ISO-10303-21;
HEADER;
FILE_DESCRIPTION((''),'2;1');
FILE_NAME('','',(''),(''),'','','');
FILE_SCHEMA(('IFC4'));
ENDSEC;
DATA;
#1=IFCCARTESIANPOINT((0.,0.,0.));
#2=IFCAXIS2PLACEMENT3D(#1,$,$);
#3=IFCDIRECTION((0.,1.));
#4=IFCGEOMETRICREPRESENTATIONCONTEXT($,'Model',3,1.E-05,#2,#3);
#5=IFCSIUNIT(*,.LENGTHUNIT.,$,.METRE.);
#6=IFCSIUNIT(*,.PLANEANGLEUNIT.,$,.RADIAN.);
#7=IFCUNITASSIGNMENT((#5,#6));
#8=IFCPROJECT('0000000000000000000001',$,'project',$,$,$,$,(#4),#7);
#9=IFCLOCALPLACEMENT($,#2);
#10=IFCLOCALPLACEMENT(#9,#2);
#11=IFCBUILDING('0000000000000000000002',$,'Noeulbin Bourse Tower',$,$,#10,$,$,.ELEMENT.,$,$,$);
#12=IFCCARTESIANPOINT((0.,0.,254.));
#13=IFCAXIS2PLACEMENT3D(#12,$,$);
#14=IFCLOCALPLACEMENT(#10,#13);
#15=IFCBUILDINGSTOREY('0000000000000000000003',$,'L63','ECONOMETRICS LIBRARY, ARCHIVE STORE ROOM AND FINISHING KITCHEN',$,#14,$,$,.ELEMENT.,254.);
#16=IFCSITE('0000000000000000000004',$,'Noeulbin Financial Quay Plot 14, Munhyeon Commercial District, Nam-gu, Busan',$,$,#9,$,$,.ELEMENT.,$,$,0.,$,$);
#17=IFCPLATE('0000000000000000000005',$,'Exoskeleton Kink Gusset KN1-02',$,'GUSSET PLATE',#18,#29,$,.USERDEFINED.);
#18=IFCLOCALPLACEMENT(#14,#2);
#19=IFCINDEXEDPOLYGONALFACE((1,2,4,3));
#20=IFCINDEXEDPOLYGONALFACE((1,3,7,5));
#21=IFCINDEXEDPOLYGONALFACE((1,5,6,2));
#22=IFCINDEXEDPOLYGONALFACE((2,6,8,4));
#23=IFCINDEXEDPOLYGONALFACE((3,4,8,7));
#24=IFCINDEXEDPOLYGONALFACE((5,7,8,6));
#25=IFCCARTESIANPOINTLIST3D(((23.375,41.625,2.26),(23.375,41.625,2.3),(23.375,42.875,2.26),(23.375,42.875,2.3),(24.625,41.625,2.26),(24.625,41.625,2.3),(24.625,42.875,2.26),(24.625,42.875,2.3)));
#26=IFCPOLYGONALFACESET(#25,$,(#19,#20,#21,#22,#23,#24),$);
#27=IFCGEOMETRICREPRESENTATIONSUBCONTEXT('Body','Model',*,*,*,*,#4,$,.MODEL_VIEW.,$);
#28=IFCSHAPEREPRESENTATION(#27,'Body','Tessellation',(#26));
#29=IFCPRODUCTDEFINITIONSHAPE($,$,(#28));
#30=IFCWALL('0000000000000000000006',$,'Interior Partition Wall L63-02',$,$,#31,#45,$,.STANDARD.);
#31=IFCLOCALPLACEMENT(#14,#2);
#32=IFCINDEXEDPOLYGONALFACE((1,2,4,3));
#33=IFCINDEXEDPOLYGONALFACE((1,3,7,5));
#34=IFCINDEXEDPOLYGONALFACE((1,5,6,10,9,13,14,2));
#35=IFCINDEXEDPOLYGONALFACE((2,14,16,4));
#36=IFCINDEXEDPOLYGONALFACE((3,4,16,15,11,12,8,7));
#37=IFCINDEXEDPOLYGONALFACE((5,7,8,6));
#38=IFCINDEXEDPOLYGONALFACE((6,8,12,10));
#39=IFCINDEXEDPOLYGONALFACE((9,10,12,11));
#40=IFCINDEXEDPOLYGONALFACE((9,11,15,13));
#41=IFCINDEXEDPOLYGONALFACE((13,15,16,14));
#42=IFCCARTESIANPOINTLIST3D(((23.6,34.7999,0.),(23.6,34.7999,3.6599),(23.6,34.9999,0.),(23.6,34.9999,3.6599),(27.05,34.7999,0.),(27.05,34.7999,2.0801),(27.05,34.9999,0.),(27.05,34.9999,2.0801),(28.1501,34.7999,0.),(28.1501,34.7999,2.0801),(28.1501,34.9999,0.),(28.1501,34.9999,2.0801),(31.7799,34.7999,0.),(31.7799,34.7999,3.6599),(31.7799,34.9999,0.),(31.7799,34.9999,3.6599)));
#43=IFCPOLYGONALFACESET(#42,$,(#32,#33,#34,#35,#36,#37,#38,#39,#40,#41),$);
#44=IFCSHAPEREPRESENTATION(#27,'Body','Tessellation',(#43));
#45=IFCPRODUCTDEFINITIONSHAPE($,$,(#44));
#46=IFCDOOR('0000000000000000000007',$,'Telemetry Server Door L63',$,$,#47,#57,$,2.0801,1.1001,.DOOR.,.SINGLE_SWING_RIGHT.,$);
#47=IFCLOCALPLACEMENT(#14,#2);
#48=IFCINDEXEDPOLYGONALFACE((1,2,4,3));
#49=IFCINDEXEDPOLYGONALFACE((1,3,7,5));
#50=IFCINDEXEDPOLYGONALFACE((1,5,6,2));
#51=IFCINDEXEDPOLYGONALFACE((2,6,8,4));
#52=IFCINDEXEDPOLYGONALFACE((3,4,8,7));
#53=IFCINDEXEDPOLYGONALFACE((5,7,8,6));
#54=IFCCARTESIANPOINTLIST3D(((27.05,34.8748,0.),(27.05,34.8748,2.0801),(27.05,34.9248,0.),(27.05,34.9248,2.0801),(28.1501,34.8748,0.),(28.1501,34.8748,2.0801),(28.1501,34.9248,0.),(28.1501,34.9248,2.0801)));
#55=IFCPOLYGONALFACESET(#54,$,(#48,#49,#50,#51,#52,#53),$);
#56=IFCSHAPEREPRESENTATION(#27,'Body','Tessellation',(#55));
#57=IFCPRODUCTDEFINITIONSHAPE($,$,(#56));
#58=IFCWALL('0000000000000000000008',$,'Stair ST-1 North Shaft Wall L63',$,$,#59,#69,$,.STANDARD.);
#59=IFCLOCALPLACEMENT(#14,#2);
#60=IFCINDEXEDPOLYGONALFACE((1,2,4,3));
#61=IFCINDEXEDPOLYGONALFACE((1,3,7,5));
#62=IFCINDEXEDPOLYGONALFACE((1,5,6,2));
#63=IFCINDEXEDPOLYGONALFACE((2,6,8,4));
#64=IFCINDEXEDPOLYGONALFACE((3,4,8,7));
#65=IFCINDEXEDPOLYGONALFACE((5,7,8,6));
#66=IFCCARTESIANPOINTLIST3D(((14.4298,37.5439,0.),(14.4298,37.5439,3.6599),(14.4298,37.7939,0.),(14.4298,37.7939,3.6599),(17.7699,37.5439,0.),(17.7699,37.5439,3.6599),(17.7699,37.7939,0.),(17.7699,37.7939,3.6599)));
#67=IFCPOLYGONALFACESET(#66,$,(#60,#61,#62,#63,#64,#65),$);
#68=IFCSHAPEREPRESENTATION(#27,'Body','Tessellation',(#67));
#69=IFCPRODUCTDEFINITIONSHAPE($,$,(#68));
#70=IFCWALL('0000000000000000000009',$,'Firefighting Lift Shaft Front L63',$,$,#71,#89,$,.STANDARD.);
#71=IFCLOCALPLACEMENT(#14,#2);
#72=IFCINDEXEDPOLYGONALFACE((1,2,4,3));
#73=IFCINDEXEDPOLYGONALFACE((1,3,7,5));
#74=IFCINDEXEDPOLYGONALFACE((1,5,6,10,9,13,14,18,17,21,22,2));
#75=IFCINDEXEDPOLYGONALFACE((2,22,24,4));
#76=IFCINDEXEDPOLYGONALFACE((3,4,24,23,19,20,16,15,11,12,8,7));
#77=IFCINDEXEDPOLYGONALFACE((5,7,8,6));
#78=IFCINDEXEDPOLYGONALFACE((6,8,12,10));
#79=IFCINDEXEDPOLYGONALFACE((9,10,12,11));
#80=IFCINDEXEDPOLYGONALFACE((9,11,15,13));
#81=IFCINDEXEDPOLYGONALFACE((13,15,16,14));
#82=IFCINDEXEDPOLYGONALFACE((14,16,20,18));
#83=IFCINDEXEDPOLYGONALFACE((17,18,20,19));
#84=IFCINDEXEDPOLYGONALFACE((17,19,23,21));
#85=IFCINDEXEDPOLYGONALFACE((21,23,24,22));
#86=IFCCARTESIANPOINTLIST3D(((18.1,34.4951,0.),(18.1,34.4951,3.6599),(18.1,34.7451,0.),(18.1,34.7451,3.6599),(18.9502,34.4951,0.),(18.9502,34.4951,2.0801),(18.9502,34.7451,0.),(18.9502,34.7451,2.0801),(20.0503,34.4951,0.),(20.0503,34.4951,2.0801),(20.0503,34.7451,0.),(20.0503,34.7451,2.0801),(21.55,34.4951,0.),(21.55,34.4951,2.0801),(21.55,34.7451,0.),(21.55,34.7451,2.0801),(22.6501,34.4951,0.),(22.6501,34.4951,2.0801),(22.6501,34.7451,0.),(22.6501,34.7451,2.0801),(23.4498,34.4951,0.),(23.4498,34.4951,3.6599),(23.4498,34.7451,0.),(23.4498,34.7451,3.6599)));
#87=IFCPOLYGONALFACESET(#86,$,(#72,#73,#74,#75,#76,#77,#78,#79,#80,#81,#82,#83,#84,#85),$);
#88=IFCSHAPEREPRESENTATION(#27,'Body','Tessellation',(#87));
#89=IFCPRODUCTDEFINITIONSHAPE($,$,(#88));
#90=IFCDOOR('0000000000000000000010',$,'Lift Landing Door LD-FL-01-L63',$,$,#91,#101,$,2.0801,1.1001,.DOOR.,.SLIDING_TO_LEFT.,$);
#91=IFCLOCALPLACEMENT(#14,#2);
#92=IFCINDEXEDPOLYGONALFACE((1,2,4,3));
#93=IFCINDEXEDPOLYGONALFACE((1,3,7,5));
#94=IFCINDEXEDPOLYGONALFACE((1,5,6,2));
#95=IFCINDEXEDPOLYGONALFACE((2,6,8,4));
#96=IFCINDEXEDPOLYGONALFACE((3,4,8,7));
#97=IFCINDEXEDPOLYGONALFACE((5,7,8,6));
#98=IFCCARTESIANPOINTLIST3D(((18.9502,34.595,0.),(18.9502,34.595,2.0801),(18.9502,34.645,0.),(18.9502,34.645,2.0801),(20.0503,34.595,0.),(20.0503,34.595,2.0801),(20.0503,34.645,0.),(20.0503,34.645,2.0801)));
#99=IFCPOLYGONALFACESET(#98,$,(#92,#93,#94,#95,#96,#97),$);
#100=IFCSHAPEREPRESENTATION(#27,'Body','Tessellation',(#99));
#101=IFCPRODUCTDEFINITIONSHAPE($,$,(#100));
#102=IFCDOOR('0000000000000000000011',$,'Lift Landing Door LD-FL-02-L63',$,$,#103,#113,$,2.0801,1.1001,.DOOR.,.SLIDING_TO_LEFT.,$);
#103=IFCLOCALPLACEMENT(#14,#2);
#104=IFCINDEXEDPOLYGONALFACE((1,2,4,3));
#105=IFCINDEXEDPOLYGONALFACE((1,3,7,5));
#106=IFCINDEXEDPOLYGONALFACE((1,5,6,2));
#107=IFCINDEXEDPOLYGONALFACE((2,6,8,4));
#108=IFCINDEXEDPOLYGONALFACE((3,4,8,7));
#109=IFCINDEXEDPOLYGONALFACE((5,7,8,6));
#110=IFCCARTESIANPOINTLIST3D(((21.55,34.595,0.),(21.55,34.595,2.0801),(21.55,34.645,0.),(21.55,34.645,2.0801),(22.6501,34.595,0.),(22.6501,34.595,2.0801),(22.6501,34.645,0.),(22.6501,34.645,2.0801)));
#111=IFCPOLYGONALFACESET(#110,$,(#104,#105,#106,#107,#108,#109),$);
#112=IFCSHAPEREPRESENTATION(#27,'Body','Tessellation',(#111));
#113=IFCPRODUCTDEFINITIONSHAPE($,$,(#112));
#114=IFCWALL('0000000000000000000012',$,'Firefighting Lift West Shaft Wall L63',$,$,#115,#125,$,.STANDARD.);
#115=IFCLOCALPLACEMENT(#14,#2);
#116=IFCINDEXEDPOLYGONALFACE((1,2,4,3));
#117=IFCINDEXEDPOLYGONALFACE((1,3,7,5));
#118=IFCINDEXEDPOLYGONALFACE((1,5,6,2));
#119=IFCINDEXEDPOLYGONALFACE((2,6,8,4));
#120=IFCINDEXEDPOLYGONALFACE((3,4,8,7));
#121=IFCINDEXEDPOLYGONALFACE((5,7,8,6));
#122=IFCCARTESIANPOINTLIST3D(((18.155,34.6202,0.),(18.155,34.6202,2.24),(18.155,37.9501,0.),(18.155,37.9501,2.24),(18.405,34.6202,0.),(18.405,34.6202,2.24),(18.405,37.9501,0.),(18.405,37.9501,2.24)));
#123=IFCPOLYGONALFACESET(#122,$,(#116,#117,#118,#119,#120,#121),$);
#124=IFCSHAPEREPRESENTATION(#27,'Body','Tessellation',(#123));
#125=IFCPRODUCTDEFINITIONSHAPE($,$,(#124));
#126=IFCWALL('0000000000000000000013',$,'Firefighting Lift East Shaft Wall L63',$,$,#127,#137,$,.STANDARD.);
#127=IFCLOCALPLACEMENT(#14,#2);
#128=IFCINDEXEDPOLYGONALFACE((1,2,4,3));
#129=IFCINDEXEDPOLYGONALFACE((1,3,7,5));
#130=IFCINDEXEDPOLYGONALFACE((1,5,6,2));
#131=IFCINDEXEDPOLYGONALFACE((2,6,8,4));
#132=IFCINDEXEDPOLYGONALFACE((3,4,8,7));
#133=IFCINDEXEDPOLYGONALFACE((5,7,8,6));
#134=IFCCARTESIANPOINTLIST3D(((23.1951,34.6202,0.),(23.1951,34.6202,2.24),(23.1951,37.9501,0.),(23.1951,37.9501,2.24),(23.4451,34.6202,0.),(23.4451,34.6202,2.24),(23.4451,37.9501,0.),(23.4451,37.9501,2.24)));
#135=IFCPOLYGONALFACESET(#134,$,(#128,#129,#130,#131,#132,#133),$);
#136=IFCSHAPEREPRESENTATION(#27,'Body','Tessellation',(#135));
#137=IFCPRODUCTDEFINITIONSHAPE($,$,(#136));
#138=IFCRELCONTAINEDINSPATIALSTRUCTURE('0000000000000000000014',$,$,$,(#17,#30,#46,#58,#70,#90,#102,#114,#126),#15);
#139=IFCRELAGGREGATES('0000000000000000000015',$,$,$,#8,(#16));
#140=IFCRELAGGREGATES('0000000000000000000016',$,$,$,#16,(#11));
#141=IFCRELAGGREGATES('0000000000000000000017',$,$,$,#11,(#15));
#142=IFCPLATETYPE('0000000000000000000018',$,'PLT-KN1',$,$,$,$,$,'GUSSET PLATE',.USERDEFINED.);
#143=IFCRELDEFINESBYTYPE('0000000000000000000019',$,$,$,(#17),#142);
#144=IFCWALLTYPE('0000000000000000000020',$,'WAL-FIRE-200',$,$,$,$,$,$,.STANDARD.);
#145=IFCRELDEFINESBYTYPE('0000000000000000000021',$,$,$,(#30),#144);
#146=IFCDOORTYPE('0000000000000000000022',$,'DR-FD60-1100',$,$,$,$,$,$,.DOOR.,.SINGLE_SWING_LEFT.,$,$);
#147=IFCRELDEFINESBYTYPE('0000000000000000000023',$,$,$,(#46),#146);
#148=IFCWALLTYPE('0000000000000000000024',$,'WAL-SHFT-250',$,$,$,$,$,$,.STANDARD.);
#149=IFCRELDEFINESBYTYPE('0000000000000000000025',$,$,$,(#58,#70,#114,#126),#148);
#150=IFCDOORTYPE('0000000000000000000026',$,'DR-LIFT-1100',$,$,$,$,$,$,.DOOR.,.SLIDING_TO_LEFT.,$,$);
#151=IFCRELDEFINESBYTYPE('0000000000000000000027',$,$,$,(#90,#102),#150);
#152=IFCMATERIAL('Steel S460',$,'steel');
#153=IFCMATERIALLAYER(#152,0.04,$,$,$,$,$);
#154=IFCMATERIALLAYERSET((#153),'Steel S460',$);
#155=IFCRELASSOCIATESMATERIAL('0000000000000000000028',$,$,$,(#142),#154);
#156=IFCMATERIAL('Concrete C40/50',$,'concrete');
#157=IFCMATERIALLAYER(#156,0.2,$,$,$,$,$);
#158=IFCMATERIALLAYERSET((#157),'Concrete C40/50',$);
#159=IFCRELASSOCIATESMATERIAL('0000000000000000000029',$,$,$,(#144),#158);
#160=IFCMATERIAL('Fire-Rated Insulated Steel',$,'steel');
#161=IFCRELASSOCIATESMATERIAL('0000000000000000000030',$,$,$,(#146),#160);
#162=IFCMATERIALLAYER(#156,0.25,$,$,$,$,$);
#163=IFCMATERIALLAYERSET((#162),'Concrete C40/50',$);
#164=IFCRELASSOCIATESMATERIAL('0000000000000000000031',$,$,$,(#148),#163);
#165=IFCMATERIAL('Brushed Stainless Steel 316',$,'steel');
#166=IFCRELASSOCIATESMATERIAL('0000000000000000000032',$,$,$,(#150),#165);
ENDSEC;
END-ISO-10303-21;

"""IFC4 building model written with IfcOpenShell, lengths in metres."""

from ifc_helpers import new_model, si_unit, direction, frame, frame_2d, origin, origin_2d, place, context, subcontext, project, spatial, rectangle, extrude, material, layer, layer_set, type_object, element, fill, save


model = new_model("IFC4")

# Units and contexts
model_context = context("Model", 3, precision=1e-05, world=origin(), true_north=direction((0.0, 1.0)))
body_context = subcontext(model_context, "Body", "Model", "MODEL_VIEW")
ifc_project = project(units=[si_unit("LENGTHUNIT", "METRE"), si_unit("PLANEANGLEUNIT", "RADIAN")], contexts=[model_context])

# Site, building, storey
site_placement = place(None, origin())
site = spatial("IfcSite", under=ifc_project, at=site_placement, Name="Noeulbin Financial Quay Plot 14, Munhyeon Commercial District, Nam-gu, Busan", CompositionType="ELEMENT", RefElevation=0.0)
building_placement = place(site_placement, origin())
building = spatial("IfcBuilding", under=site, at=building_placement, Name="Noeulbin Bourse Tower", CompositionType="ELEMENT")
storey_placement = place(building_placement, frame((0.0, 0.0, 254.0)))
storey = spatial("IfcBuildingStorey", under=building, at=storey_placement, Name="L63", Description="ECONOMETRICS LIBRARY, ARCHIVE STORE ROOM AND FINISHING KITCHEN", CompositionType="ELEMENT", Elevation=254.0)

# Shared definitions
ifc_material_1 = material(Name="Steel S460", Category="steel")

# Plate
ifc_layer_1 = layer(ifc_material_1, 0.04)
ifc_layer_set_1 = layer_set([ifc_layer_1], Name="Steel S460")
plate_type_1 = type_object("IfcPlateType", Name="PLT-KN1", ElementType="GUSSET PLATE", PredefinedType="USERDEFINED", material=ifc_layer_set_1)
plate_1_placement = place(storey_placement, frame((24.0, 42.25, 2.26), z_axis=(0.0, 0.0, 1.0), x_axis=(1.0, 0.0, 0.0)))
element("IfcPlate", 1, at=plate_1_placement, inside=storey, type_object=plate_type_1, Name="Exoskeleton Kink Gusset KN1-02", ObjectType="GUSSET PLATE", PredefinedType="USERDEFINED", context=body_context, shape_type="SweptSolid", body=[
    extrude(rectangle(XDim=1.25, YDim=1.25, at=origin_2d()), origin(), (0.0, 0.0, 1.0), 0.04),
])

# Wall, opening, door
ifc_material_2 = material(Name="Concrete C40/50", Category="concrete")
ifc_layer_2 = layer(ifc_material_2, 0.2)
ifc_layer_set_2 = layer_set([ifc_layer_2], Name="Concrete C40/50")
wall_type_1 = type_object("IfcWallType", Name="WAL-FIRE-200", PredefinedType="STANDARD", material=ifc_layer_set_2)
wall_1_placement = place(storey_placement, frame((23.6001, 34.8999, 0.0), z_axis=(0.0, 0.0, 1.0), x_axis=(1.0, 0.0, 0.0)))
wall_1 = element("IfcWall", 2, at=wall_1_placement, inside=storey, type_object=wall_type_1, Name="Interior Partition Wall L63-02", PredefinedType="STANDARD", context=body_context, shape_type="SweptSolid", body=[
    extrude(rectangle(XDim=8.1799, YDim=0.2, at=frame_2d((4.0898, 0.0))), origin(), (0.0, 0.0, 1.0), 3.6599),
])
opening_1_placement = place(wall_1_placement, frame((3.45, 0.0, 0.0)))
opening_1 = element("IfcOpeningElement", 3, at=opening_1_placement, cuts=wall_1, PredefinedType="OPENING", context=body_context, shape_type="SweptSolid", body=[
    extrude(rectangle(XDim=1.1001, YDim=2.0801, at=frame_2d((0.55, 1.04))), frame((0.0, 0.1099, 0.0), z_axis=(0.0, -1.0, 0.0), x_axis=(1.0, 0.0, 0.0)), (0.0, 0.0, 1.0), 0.22),
])
ifc_material_3 = material(Name="Fire-Rated Insulated Steel", Category="steel")
door_type_1 = type_object("IfcDoorType", Name="DR-FD60-1100", OperationType="SINGLE_SWING_LEFT", PredefinedType="DOOR", material=ifc_material_3)
door_1_placement = place(opening_1_placement, origin())
door_1 = element("IfcDoor", 4, at=door_1_placement, inside=storey, type_object=door_type_1, Name="Telemetry Server Door L63", OperationType="SINGLE_SWING_RIGHT", OverallHeight=2.0801, OverallWidth=1.1001, PredefinedType="DOOR", context=body_context, shape_type="SweptSolid", body=[
    extrude(rectangle(XDim=1.1001, YDim=2.0801, at=frame_2d((0.55, 1.04))), frame((0.0, 0.0249, 0.0), z_axis=(0.0, -1.0, 0.0), x_axis=(1.0, 0.0, 0.0)), (0.0, 0.0, 1.0), 0.05),
])
fill(opening_1, door_1)

# Wall
ifc_layer_3 = layer(ifc_material_2, 0.25)
ifc_layer_set_3 = layer_set([ifc_layer_3], Name="Concrete C40/50")
wall_type_2 = type_object("IfcWallType", Name="WAL-SHFT-250", PredefinedType="STANDARD", material=ifc_layer_set_3)
wall_2_placement = place(storey_placement, frame((14.4299, 37.6689, 0.0), z_axis=(0.0, 0.0, 1.0), x_axis=(1.0, 0.0, 0.0)))
element("IfcWall", 5, at=wall_2_placement, inside=storey, type_object=wall_type_2, Name="Stair ST-1 North Shaft Wall L63", PredefinedType="STANDARD", context=body_context, shape_type="SweptSolid", body=[
    extrude(rectangle(XDim=3.3401, YDim=0.25, at=frame_2d((1.6699, 0.0))), origin(), (0.0, 0.0, 1.0), 3.6599),
])

# Wall, openings, doors
wall_3_placement = place(storey_placement, frame((18.1001, 34.6201, 0.0), z_axis=(0.0, 0.0, 1.0), x_axis=(1.0, 0.0, 0.0)))
wall_3 = element("IfcWall", 6, at=wall_3_placement, inside=storey, type_object=wall_type_2, Name="Firefighting Lift Shaft Front L63", PredefinedType="STANDARD", context=body_context, shape_type="SweptSolid", body=[
    extrude(rectangle(XDim=5.3499, YDim=0.25, at=frame_2d((2.6748, 0.0))), origin(), (0.0, 0.0, 1.0), 3.6599),
])
opening_2_placement = place(wall_3_placement, frame((0.8501, 0.0, 0.0)))
opening_2 = element("IfcOpeningElement", 7, at=opening_2_placement, cuts=wall_3, PredefinedType="OPENING", context=body_context, shape_type="SweptSolid", body=[
    extrude(rectangle(XDim=1.1001, YDim=2.0801, at=frame_2d((0.55, 1.04))), frame((0.0, 0.135, 0.0), z_axis=(0.0, -1.0, 0.0), x_axis=(1.0, 0.0, 0.0)), (0.0, 0.0, 1.0), 0.27),
])
opening_3_placement = place(wall_3_placement, frame((3.45, 0.0, 0.0)))
opening_3 = element("IfcOpeningElement", 8, at=opening_3_placement, cuts=wall_3, PredefinedType="OPENING", context=body_context, shape_type="SweptSolid", body=[
    extrude(rectangle(XDim=1.1001, YDim=2.0801, at=frame_2d((0.55, 1.04))), frame((0.0, 0.135, 0.0), z_axis=(0.0, -1.0, 0.0), x_axis=(1.0, 0.0, 0.0)), (0.0, 0.0, 1.0), 0.27),
])
ifc_material_4 = material(Name="Brushed Stainless Steel 316", Category="steel")
door_type_2 = type_object("IfcDoorType", Name="DR-LIFT-1100", OperationType="SLIDING_TO_LEFT", PredefinedType="DOOR", material=ifc_material_4)
door_2_placement = place(opening_2_placement, origin())
door_2 = element("IfcDoor", 9, at=door_2_placement, inside=storey, type_object=door_type_2, Name="Lift Landing Door LD-FL-01-L63", OperationType="SLIDING_TO_LEFT", OverallHeight=2.0801, OverallWidth=1.1001, PredefinedType="DOOR", context=body_context, shape_type="SweptSolid", body=[
    extrude(rectangle(XDim=1.1001, YDim=2.0801, at=frame_2d((0.55, 1.04))), frame((0.0, 0.0249, 0.0), z_axis=(0.0, -1.0, 0.0), x_axis=(1.0, 0.0, 0.0)), (0.0, 0.0, 1.0), 0.05),
])
fill(opening_2, door_2)
door_3_placement = place(opening_3_placement, origin())
door_3 = element("IfcDoor", 10, at=door_3_placement, inside=storey, type_object=door_type_2, Name="Lift Landing Door LD-FL-02-L63", OperationType="SLIDING_TO_LEFT", OverallHeight=2.0801, OverallWidth=1.1001, PredefinedType="DOOR", context=body_context, shape_type="SweptSolid", body=[
    extrude(rectangle(XDim=1.1001, YDim=2.0801, at=frame_2d((0.55, 1.04))), frame((0.0, 0.0249, 0.0), z_axis=(0.0, -1.0, 0.0), x_axis=(1.0, 0.0, 0.0)), (0.0, 0.0, 1.0), 0.05),
])
fill(opening_3, door_3)

# Walls
for number, where, z_axis, x_axis, name in (
    (11, (18.28, 34.6201, 0.0), (0.0, 0.0, 1.0), (0.0, 1.0, 0.0), "Firefighting Lift West Shaft Wall L63"),
    (12, (23.3201, 34.6201, 0.0), (0.0, 0.0, 1.0), (0.0, 1.0, 0.0), "Firefighting Lift East Shaft Wall L63"),
):
    element("IfcWall", number, at=place(storey_placement, frame(where, z_axis=z_axis, x_axis=x_axis)), inside=storey, type_object=wall_type_2, Name=name, PredefinedType="STANDARD", context=body_context, shape_type="SweptSolid", body=[
        extrude(rectangle(XDim=3.3298, YDim=0.25, at=frame_2d((1.665, 0.0))), origin(), (0.0, 0.0, 1.0), 2.24),
    ])

save(model, "model.ifc")
